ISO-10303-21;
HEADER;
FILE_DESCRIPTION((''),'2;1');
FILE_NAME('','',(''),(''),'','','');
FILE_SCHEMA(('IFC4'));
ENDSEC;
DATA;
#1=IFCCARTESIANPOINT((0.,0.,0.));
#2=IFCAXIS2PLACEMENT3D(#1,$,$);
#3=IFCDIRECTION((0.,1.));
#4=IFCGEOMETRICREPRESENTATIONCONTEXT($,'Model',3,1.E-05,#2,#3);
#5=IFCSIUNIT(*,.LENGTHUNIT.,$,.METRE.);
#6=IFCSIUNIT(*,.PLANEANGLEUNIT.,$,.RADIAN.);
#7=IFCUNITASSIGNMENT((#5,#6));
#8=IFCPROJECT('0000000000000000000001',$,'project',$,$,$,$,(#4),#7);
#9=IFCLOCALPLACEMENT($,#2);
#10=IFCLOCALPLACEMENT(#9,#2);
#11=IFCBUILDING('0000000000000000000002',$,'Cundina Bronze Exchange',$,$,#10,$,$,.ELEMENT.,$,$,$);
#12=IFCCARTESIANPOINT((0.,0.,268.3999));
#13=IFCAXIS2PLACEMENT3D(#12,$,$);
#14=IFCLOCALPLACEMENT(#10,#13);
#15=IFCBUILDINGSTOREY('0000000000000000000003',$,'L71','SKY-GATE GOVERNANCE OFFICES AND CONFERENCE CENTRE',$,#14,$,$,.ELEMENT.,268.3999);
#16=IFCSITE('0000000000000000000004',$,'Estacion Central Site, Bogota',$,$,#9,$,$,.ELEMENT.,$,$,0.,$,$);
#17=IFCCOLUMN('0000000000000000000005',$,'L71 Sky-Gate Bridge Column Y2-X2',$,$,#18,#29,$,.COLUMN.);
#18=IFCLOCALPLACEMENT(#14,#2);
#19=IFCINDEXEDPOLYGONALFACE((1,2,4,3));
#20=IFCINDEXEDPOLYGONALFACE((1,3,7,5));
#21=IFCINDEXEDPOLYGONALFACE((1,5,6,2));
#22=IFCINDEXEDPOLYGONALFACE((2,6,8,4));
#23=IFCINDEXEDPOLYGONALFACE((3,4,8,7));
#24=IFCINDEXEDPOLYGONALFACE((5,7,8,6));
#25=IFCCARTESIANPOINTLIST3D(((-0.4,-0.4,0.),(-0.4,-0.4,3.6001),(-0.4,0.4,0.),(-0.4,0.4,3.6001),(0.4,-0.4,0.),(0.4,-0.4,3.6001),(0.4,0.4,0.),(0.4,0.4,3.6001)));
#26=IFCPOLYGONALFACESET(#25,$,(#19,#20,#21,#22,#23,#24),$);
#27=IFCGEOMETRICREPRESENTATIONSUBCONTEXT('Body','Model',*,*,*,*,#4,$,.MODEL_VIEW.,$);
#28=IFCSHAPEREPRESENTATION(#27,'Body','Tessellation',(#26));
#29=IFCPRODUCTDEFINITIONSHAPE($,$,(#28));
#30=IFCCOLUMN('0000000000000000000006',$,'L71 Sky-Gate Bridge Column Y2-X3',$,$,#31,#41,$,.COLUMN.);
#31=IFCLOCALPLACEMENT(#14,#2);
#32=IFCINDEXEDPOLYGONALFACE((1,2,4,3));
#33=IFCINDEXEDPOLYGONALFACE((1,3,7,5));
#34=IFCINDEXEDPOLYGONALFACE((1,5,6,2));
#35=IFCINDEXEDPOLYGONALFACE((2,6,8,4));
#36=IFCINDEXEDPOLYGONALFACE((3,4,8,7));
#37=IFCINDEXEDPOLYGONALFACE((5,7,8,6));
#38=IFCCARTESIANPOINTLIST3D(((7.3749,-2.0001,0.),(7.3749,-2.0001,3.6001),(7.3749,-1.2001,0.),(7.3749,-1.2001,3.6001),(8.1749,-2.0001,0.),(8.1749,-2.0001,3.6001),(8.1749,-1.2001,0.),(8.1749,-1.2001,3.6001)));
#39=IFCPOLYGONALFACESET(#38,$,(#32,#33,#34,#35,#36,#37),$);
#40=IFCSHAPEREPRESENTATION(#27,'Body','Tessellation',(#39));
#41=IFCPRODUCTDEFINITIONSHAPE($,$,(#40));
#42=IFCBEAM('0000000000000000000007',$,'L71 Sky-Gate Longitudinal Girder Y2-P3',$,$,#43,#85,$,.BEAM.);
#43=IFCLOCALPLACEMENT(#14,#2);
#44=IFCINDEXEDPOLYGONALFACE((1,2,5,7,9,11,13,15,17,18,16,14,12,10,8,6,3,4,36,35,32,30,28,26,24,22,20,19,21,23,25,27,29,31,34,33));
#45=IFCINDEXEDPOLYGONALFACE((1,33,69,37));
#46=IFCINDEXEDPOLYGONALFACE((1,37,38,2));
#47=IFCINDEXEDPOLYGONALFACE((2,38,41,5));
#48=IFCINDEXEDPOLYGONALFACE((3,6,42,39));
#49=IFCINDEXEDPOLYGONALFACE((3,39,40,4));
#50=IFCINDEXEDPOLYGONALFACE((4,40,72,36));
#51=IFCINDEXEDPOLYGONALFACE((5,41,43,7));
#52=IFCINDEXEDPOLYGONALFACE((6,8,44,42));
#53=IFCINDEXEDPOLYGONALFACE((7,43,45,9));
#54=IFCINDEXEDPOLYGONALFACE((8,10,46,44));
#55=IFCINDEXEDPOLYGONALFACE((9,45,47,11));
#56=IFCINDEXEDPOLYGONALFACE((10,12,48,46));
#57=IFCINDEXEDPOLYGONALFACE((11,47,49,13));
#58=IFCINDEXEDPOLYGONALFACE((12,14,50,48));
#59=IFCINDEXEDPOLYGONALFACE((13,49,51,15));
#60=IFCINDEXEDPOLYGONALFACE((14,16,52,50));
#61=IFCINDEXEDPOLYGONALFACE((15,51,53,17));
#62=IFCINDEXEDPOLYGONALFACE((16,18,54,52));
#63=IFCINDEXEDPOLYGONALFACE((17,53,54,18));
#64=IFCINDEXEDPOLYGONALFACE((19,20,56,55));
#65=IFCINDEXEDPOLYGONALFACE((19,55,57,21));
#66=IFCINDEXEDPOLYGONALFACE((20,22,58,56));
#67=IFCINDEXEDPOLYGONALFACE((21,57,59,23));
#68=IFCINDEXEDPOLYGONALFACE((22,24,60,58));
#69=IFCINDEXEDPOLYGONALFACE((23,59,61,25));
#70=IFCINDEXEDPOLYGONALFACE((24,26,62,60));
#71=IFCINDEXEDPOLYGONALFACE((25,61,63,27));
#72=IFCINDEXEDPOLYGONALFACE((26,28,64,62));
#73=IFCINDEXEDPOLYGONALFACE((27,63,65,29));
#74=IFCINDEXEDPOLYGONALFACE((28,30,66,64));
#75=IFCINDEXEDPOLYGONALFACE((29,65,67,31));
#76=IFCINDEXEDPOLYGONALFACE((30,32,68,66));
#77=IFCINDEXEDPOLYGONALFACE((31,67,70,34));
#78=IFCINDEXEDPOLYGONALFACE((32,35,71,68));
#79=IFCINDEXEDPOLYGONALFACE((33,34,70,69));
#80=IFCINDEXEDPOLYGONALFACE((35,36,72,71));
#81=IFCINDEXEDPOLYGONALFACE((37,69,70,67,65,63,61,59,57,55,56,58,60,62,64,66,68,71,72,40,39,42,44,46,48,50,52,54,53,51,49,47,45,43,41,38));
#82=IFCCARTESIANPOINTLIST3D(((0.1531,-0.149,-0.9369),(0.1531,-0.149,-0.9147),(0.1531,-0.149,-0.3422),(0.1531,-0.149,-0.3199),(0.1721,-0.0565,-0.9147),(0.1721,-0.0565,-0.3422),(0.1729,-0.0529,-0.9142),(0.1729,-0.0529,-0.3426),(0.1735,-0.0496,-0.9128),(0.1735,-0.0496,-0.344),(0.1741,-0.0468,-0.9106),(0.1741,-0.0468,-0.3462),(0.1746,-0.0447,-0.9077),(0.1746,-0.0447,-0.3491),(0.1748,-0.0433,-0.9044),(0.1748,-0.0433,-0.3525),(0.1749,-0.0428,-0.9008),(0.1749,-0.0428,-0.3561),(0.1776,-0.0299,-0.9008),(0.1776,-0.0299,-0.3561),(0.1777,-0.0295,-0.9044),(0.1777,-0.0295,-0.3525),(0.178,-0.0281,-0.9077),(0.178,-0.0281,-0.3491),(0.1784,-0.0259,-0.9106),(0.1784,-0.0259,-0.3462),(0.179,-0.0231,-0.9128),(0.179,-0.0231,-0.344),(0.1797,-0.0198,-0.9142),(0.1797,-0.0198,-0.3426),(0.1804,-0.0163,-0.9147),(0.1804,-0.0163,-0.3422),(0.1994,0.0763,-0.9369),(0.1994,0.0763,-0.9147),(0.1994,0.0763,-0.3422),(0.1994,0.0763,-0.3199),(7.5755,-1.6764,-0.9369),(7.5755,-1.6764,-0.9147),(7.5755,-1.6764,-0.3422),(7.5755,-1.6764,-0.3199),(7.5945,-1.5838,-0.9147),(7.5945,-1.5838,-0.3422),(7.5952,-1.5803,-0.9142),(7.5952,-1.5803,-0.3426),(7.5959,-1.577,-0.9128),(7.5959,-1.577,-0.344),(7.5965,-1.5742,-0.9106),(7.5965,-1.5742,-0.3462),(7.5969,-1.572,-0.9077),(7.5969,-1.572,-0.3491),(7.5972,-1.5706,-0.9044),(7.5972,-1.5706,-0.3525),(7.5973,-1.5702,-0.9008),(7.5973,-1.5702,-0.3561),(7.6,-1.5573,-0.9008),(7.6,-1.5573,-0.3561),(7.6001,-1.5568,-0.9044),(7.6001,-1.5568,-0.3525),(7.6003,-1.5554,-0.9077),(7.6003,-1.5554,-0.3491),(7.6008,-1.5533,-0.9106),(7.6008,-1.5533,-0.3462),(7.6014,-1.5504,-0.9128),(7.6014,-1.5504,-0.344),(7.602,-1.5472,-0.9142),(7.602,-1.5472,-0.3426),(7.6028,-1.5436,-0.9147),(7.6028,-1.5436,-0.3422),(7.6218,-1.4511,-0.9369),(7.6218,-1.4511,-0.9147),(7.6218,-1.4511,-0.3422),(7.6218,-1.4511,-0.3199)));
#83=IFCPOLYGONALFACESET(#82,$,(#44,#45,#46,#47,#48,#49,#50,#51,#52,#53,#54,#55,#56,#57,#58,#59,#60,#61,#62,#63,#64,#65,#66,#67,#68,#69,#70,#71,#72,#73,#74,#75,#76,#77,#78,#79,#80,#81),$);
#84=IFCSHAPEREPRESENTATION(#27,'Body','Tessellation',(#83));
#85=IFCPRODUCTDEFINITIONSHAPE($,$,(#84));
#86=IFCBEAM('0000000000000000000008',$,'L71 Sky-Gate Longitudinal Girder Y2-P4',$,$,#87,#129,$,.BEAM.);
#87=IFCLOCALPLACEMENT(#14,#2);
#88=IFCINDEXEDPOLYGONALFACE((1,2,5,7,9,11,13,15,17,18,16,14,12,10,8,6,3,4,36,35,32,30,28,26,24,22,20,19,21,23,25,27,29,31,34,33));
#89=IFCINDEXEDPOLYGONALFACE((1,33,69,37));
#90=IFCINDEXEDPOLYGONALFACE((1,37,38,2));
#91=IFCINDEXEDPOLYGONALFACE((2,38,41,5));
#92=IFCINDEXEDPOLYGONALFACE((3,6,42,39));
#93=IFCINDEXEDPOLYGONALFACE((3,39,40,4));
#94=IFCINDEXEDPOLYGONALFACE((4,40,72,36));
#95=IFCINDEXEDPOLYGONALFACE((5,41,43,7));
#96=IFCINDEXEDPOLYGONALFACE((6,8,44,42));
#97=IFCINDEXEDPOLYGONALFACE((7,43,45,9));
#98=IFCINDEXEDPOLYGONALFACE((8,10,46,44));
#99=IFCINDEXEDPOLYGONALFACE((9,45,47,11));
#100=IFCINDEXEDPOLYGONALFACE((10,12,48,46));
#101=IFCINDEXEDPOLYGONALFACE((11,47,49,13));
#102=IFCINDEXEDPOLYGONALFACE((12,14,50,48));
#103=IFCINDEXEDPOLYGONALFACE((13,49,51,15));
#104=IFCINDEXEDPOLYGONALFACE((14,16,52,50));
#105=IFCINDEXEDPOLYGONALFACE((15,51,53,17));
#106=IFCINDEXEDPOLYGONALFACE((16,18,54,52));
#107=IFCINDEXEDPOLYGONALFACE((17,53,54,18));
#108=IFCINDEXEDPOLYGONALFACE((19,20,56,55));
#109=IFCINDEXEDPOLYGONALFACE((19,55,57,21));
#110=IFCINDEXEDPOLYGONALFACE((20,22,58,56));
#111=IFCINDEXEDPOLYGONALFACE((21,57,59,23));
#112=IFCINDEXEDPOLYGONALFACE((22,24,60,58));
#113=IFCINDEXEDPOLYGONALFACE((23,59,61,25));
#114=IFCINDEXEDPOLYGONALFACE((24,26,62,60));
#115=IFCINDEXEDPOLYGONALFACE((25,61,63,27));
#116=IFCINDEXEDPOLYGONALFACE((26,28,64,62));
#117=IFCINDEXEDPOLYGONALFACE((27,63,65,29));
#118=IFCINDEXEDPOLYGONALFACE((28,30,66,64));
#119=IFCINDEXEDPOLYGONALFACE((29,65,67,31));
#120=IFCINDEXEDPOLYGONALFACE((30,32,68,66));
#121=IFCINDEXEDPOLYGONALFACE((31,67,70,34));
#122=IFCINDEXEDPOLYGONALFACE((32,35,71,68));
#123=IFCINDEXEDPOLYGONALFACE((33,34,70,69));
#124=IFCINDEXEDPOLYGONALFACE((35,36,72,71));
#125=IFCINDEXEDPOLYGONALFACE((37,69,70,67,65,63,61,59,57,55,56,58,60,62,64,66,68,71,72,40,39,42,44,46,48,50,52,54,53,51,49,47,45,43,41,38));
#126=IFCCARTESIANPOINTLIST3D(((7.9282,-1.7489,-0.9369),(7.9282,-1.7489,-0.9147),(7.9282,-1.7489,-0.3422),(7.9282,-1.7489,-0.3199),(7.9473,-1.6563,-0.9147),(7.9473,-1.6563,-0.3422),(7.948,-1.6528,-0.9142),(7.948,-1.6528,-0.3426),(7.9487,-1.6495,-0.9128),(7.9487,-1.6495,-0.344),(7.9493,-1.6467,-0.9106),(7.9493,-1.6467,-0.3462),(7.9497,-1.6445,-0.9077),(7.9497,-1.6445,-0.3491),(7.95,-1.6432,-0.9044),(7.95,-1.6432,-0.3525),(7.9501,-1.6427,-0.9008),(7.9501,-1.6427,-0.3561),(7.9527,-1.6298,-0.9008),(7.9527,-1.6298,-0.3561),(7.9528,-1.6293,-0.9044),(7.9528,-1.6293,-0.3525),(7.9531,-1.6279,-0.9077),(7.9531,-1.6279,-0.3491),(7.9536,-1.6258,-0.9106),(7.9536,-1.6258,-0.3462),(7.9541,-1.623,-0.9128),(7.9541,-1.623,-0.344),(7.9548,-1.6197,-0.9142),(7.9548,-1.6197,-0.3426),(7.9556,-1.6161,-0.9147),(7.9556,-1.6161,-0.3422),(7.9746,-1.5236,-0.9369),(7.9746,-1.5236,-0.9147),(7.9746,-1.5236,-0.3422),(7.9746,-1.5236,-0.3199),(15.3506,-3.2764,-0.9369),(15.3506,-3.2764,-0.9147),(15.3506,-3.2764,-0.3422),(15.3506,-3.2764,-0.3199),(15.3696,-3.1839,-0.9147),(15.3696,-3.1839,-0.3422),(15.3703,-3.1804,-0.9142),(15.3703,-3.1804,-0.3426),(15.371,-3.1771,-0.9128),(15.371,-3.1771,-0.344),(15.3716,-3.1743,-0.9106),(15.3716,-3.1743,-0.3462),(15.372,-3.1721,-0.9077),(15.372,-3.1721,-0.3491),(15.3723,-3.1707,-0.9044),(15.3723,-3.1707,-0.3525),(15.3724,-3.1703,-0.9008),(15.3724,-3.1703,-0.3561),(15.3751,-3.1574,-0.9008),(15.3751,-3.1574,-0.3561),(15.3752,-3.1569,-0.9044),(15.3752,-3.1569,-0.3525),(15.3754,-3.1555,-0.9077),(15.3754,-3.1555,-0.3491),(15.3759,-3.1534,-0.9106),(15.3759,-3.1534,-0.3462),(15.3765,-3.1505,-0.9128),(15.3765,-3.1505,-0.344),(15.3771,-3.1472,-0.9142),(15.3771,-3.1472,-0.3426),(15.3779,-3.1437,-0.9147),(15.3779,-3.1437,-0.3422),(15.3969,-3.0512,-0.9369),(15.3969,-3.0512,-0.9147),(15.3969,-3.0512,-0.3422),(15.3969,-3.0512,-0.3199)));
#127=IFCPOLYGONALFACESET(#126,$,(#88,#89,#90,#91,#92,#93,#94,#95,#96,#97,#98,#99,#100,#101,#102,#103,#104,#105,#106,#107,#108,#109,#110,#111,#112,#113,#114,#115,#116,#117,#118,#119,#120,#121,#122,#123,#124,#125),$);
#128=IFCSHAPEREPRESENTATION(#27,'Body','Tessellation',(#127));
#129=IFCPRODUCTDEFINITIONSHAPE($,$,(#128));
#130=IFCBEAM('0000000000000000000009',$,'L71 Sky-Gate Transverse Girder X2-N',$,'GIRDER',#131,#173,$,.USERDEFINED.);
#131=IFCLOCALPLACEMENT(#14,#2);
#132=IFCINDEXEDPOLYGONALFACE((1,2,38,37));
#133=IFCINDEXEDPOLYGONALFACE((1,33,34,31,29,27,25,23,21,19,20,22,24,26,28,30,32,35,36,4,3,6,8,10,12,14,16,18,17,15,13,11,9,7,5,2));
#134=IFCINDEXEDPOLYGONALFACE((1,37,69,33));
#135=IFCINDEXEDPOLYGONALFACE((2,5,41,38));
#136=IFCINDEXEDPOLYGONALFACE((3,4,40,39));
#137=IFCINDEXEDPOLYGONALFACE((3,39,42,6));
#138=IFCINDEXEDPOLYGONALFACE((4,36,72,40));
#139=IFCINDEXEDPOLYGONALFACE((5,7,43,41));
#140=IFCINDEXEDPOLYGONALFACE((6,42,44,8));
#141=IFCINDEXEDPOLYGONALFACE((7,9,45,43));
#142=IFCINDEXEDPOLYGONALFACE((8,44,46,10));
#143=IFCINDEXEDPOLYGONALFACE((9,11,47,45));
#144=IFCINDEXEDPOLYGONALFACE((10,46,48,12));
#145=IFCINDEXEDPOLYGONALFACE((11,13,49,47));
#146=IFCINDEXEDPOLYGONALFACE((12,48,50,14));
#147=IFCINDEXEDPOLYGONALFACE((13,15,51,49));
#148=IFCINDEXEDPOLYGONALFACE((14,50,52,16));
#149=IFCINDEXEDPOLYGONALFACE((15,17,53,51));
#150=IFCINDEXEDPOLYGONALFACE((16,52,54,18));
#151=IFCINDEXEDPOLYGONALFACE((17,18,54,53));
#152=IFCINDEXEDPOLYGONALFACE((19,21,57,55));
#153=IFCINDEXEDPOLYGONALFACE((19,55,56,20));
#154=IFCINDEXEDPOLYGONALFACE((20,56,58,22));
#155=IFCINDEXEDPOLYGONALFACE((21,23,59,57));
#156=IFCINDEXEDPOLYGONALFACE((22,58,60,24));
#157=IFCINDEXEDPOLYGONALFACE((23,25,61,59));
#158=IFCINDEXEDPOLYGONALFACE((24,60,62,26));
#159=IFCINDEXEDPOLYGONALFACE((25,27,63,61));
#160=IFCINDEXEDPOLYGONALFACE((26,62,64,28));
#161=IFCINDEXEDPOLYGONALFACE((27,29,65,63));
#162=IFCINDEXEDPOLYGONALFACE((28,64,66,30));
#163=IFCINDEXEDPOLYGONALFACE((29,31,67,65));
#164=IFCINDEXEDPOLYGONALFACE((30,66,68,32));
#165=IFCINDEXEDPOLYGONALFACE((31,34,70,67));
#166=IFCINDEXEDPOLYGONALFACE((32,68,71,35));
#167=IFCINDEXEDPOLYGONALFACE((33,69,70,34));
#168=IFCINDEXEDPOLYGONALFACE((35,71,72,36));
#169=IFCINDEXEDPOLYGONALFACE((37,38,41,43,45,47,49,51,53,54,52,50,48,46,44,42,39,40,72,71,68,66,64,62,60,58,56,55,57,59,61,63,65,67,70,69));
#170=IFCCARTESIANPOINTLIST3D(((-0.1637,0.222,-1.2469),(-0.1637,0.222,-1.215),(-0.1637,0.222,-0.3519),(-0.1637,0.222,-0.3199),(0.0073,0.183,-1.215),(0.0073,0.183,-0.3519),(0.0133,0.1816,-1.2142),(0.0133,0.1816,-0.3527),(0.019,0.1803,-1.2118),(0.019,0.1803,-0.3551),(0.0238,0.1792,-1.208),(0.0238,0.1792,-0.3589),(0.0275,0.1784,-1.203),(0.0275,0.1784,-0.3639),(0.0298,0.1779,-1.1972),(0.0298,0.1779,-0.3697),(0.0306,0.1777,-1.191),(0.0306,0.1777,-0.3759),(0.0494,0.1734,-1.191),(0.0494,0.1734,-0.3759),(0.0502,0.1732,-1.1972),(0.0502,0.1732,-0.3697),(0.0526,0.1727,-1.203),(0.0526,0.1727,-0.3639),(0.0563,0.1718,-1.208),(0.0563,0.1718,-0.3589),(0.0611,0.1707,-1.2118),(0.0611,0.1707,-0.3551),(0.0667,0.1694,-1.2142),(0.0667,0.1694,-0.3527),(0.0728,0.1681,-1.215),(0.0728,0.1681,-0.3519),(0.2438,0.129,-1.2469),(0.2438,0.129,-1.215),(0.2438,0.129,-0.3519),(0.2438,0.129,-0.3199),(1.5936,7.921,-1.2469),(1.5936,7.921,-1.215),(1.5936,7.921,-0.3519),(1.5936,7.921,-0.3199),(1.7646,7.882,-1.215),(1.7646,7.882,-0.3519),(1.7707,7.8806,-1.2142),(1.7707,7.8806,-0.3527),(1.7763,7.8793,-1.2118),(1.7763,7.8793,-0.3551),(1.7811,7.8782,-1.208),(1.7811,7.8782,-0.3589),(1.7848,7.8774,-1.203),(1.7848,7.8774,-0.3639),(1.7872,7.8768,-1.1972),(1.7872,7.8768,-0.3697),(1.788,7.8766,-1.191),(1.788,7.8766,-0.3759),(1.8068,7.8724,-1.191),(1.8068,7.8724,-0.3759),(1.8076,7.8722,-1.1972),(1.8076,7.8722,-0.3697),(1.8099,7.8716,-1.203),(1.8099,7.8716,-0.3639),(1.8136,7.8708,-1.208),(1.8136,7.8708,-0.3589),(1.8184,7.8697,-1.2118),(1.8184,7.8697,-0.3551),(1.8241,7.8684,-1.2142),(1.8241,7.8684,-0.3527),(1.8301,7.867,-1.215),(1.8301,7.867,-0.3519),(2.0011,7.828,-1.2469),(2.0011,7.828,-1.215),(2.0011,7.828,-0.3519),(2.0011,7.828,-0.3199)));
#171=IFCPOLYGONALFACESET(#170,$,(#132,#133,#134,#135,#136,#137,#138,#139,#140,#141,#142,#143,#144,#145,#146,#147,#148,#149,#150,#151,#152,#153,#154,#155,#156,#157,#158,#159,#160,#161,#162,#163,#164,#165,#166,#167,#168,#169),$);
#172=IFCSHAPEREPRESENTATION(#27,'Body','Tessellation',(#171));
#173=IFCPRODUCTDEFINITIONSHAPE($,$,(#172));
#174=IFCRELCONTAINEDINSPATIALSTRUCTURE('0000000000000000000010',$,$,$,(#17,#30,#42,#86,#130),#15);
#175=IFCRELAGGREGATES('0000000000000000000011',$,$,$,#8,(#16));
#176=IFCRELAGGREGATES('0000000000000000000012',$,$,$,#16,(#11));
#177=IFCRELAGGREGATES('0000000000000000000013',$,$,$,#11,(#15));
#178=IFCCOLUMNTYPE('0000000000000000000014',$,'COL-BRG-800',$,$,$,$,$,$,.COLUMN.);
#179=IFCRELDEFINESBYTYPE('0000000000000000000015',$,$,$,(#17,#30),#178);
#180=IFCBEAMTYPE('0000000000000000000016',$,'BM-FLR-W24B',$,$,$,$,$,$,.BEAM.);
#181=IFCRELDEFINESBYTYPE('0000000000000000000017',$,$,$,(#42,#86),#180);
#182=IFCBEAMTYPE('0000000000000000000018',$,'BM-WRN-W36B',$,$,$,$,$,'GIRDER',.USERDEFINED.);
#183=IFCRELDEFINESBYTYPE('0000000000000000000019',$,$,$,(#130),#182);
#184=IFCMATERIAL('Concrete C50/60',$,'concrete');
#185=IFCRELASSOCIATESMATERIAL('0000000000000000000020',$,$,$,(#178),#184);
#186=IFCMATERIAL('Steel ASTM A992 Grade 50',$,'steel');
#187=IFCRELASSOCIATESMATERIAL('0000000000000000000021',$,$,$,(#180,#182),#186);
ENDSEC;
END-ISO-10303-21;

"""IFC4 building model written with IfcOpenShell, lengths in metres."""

from ifc_helpers import new_model, si_unit, direction, frame, origin, origin_2d, place, context, subcontext, project, spatial, rectangle, i_section, extrude, material, material_profile, profile_set, type_object, element, save


model = new_model("IFC4")

# Units and contexts
model_context = context("Model", 3, precision=1e-05, world=origin(), true_north=direction((0.0, 1.0)))
body_context = subcontext(model_context, "Body", "Model", "MODEL_VIEW")
ifc_project = project(units=[si_unit("LENGTHUNIT", "METRE"), si_unit("PLANEANGLEUNIT", "RADIAN")], contexts=[model_context])

# Site, building, storey
site_placement = place(None, origin())
site = spatial("IfcSite", under=ifc_project, at=site_placement, Name="Estacion Central Site, Bogota", CompositionType="ELEMENT", RefElevation=0.0)
building_placement = place(site_placement, origin())
building = spatial("IfcBuilding", under=site, at=building_placement, Name="Cundina Bronze Exchange", CompositionType="ELEMENT")
storey_placement = place(building_placement, frame((0.0, 0.0, 268.3999)))
storey = spatial("IfcBuildingStorey", under=building, at=storey_placement, Name="L71", Description="SKY-GATE GOVERNANCE OFFICES AND CONFERENCE CENTRE", CompositionType="ELEMENT", Elevation=268.3999)

# Columns
ifc_material_1 = material(Name="Concrete C50/60", Category="concrete")
ifc_material_profile_1 = material_profile(ifc_material_1, rectangle(XDim=0.8, YDim=0.8, at=origin_2d()), Name="RC800X800", Category="concrete")
ifc_profile_set_1 = profile_set([ifc_material_profile_1], Name="Concrete C50/60")
column_type = type_object("IfcColumnType", Name="COL-BRG-800", PredefinedType="COLUMN", material=ifc_profile_set_1)
for number, where, z_axis, x_axis, name in (
    (1, (0.0, 0.0, 0.0), (0.0, 0.0, 1.0), (1.0, 0.0, 0.0), "L71 Sky-Gate Bridge Column Y2-X2"),
    (2, (7.7749, -1.6001, 0.0), (0.0, 0.0, 1.0), (1.0, 0.0, 0.0), "L71 Sky-Gate Bridge Column Y2-X3"),
):
    element("IfcColumn", number, at=place(storey_placement, frame(where, z_axis=z_axis, x_axis=x_axis)), inside=storey, type_object=column_type, Name=name, PredefinedType="COLUMN", context=body_context, shape_type="SweptSolid", body=[
        extrude(rectangle(XDim=0.8, YDim=0.8, at=origin_2d()), origin(), (0.0, 0.0, 1.0), 3.6001),
    ])

# Beams
ifc_material_2 = material(Name="Steel ASTM A992 Grade 50", Category="steel")
ifc_material_profile_2 = material_profile(ifc_material_2, i_section(OverallWidth=0.23, OverallDepth=0.6169, WebThickness=0.0132, FlangeThickness=0.0222, FilletRadius=0.0139, at=origin_2d()), Name="W24X94", Category="steel")
ifc_profile_set_2 = profile_set([ifc_material_profile_2], Name="Steel ASTM A992 Grade 50")
beam_type_1 = type_object("IfcBeamType", Name="BM-FLR-W24B", PredefinedType="BEAM", material=ifc_profile_set_2)
for number, where, z_axis, x_axis, name in (
    (3, (0.1763, -0.0364, -0.6284), (0.979478, -0.201553, 0.0), (0.201553, 0.979478, 0.0), "L71 Sky-Gate Longitudinal Girder Y2-P3"),
    (4, (7.9514, -1.6362, -0.6284), (0.979471, -0.201584, 0.0), (0.201584, 0.979471, 0.0), "L71 Sky-Gate Longitudinal Girder Y2-P4"),
):
    element("IfcBeam", number, at=place(storey_placement, frame(where, z_axis=z_axis, x_axis=x_axis)), inside=storey, type_object=beam_type_1, Name=name, PredefinedType="BEAM", context=body_context, shape_type="SweptSolid", body=[
        extrude(i_section(OverallWidth=0.23, OverallDepth=0.6169, WebThickness=0.0132, FlangeThickness=0.0222, FilletRadius=0.0139, at=origin_2d()), origin(), (0.0, 0.0, 1.0), 7.5779),
    ])
ifc_material_profile_3 = material_profile(ifc_material_2, i_section(OverallWidth=0.418, OverallDepth=0.927, WebThickness=0.0193, FlangeThickness=0.032, FilletRadius=0.0239, at=origin_2d()), Name="W36X231", Category="steel")
ifc_profile_set_3 = profile_set([ifc_material_profile_3], Name="Steel ASTM A992 Grade 50")
beam_type_2 = type_object("IfcBeamType", Name="BM-WRN-W36B", ElementType="GIRDER", PredefinedType="USERDEFINED", material=ifc_profile_set_3)
beam_1_placement = place(storey_placement, frame((0.04, 0.1755, -0.7834), z_axis=(0.222531, 0.974926, 0.0), x_axis=(-0.974926, 0.222531, 0.0)))
element("IfcBeam", 5, at=beam_1_placement, inside=storey, type_object=beam_type_2, Name="L71 Sky-Gate Transverse Girder X2-N", ObjectType="GIRDER", PredefinedType="USERDEFINED", context=body_context, shape_type="SweptSolid", body=[
    extrude(i_section(OverallWidth=0.418, OverallDepth=0.927, WebThickness=0.0193, FlangeThickness=0.032, FilletRadius=0.0239, at=origin_2d()), origin(), (0.0, 0.0, 1.0), 7.897),
])

save(model, "model.ifc")
